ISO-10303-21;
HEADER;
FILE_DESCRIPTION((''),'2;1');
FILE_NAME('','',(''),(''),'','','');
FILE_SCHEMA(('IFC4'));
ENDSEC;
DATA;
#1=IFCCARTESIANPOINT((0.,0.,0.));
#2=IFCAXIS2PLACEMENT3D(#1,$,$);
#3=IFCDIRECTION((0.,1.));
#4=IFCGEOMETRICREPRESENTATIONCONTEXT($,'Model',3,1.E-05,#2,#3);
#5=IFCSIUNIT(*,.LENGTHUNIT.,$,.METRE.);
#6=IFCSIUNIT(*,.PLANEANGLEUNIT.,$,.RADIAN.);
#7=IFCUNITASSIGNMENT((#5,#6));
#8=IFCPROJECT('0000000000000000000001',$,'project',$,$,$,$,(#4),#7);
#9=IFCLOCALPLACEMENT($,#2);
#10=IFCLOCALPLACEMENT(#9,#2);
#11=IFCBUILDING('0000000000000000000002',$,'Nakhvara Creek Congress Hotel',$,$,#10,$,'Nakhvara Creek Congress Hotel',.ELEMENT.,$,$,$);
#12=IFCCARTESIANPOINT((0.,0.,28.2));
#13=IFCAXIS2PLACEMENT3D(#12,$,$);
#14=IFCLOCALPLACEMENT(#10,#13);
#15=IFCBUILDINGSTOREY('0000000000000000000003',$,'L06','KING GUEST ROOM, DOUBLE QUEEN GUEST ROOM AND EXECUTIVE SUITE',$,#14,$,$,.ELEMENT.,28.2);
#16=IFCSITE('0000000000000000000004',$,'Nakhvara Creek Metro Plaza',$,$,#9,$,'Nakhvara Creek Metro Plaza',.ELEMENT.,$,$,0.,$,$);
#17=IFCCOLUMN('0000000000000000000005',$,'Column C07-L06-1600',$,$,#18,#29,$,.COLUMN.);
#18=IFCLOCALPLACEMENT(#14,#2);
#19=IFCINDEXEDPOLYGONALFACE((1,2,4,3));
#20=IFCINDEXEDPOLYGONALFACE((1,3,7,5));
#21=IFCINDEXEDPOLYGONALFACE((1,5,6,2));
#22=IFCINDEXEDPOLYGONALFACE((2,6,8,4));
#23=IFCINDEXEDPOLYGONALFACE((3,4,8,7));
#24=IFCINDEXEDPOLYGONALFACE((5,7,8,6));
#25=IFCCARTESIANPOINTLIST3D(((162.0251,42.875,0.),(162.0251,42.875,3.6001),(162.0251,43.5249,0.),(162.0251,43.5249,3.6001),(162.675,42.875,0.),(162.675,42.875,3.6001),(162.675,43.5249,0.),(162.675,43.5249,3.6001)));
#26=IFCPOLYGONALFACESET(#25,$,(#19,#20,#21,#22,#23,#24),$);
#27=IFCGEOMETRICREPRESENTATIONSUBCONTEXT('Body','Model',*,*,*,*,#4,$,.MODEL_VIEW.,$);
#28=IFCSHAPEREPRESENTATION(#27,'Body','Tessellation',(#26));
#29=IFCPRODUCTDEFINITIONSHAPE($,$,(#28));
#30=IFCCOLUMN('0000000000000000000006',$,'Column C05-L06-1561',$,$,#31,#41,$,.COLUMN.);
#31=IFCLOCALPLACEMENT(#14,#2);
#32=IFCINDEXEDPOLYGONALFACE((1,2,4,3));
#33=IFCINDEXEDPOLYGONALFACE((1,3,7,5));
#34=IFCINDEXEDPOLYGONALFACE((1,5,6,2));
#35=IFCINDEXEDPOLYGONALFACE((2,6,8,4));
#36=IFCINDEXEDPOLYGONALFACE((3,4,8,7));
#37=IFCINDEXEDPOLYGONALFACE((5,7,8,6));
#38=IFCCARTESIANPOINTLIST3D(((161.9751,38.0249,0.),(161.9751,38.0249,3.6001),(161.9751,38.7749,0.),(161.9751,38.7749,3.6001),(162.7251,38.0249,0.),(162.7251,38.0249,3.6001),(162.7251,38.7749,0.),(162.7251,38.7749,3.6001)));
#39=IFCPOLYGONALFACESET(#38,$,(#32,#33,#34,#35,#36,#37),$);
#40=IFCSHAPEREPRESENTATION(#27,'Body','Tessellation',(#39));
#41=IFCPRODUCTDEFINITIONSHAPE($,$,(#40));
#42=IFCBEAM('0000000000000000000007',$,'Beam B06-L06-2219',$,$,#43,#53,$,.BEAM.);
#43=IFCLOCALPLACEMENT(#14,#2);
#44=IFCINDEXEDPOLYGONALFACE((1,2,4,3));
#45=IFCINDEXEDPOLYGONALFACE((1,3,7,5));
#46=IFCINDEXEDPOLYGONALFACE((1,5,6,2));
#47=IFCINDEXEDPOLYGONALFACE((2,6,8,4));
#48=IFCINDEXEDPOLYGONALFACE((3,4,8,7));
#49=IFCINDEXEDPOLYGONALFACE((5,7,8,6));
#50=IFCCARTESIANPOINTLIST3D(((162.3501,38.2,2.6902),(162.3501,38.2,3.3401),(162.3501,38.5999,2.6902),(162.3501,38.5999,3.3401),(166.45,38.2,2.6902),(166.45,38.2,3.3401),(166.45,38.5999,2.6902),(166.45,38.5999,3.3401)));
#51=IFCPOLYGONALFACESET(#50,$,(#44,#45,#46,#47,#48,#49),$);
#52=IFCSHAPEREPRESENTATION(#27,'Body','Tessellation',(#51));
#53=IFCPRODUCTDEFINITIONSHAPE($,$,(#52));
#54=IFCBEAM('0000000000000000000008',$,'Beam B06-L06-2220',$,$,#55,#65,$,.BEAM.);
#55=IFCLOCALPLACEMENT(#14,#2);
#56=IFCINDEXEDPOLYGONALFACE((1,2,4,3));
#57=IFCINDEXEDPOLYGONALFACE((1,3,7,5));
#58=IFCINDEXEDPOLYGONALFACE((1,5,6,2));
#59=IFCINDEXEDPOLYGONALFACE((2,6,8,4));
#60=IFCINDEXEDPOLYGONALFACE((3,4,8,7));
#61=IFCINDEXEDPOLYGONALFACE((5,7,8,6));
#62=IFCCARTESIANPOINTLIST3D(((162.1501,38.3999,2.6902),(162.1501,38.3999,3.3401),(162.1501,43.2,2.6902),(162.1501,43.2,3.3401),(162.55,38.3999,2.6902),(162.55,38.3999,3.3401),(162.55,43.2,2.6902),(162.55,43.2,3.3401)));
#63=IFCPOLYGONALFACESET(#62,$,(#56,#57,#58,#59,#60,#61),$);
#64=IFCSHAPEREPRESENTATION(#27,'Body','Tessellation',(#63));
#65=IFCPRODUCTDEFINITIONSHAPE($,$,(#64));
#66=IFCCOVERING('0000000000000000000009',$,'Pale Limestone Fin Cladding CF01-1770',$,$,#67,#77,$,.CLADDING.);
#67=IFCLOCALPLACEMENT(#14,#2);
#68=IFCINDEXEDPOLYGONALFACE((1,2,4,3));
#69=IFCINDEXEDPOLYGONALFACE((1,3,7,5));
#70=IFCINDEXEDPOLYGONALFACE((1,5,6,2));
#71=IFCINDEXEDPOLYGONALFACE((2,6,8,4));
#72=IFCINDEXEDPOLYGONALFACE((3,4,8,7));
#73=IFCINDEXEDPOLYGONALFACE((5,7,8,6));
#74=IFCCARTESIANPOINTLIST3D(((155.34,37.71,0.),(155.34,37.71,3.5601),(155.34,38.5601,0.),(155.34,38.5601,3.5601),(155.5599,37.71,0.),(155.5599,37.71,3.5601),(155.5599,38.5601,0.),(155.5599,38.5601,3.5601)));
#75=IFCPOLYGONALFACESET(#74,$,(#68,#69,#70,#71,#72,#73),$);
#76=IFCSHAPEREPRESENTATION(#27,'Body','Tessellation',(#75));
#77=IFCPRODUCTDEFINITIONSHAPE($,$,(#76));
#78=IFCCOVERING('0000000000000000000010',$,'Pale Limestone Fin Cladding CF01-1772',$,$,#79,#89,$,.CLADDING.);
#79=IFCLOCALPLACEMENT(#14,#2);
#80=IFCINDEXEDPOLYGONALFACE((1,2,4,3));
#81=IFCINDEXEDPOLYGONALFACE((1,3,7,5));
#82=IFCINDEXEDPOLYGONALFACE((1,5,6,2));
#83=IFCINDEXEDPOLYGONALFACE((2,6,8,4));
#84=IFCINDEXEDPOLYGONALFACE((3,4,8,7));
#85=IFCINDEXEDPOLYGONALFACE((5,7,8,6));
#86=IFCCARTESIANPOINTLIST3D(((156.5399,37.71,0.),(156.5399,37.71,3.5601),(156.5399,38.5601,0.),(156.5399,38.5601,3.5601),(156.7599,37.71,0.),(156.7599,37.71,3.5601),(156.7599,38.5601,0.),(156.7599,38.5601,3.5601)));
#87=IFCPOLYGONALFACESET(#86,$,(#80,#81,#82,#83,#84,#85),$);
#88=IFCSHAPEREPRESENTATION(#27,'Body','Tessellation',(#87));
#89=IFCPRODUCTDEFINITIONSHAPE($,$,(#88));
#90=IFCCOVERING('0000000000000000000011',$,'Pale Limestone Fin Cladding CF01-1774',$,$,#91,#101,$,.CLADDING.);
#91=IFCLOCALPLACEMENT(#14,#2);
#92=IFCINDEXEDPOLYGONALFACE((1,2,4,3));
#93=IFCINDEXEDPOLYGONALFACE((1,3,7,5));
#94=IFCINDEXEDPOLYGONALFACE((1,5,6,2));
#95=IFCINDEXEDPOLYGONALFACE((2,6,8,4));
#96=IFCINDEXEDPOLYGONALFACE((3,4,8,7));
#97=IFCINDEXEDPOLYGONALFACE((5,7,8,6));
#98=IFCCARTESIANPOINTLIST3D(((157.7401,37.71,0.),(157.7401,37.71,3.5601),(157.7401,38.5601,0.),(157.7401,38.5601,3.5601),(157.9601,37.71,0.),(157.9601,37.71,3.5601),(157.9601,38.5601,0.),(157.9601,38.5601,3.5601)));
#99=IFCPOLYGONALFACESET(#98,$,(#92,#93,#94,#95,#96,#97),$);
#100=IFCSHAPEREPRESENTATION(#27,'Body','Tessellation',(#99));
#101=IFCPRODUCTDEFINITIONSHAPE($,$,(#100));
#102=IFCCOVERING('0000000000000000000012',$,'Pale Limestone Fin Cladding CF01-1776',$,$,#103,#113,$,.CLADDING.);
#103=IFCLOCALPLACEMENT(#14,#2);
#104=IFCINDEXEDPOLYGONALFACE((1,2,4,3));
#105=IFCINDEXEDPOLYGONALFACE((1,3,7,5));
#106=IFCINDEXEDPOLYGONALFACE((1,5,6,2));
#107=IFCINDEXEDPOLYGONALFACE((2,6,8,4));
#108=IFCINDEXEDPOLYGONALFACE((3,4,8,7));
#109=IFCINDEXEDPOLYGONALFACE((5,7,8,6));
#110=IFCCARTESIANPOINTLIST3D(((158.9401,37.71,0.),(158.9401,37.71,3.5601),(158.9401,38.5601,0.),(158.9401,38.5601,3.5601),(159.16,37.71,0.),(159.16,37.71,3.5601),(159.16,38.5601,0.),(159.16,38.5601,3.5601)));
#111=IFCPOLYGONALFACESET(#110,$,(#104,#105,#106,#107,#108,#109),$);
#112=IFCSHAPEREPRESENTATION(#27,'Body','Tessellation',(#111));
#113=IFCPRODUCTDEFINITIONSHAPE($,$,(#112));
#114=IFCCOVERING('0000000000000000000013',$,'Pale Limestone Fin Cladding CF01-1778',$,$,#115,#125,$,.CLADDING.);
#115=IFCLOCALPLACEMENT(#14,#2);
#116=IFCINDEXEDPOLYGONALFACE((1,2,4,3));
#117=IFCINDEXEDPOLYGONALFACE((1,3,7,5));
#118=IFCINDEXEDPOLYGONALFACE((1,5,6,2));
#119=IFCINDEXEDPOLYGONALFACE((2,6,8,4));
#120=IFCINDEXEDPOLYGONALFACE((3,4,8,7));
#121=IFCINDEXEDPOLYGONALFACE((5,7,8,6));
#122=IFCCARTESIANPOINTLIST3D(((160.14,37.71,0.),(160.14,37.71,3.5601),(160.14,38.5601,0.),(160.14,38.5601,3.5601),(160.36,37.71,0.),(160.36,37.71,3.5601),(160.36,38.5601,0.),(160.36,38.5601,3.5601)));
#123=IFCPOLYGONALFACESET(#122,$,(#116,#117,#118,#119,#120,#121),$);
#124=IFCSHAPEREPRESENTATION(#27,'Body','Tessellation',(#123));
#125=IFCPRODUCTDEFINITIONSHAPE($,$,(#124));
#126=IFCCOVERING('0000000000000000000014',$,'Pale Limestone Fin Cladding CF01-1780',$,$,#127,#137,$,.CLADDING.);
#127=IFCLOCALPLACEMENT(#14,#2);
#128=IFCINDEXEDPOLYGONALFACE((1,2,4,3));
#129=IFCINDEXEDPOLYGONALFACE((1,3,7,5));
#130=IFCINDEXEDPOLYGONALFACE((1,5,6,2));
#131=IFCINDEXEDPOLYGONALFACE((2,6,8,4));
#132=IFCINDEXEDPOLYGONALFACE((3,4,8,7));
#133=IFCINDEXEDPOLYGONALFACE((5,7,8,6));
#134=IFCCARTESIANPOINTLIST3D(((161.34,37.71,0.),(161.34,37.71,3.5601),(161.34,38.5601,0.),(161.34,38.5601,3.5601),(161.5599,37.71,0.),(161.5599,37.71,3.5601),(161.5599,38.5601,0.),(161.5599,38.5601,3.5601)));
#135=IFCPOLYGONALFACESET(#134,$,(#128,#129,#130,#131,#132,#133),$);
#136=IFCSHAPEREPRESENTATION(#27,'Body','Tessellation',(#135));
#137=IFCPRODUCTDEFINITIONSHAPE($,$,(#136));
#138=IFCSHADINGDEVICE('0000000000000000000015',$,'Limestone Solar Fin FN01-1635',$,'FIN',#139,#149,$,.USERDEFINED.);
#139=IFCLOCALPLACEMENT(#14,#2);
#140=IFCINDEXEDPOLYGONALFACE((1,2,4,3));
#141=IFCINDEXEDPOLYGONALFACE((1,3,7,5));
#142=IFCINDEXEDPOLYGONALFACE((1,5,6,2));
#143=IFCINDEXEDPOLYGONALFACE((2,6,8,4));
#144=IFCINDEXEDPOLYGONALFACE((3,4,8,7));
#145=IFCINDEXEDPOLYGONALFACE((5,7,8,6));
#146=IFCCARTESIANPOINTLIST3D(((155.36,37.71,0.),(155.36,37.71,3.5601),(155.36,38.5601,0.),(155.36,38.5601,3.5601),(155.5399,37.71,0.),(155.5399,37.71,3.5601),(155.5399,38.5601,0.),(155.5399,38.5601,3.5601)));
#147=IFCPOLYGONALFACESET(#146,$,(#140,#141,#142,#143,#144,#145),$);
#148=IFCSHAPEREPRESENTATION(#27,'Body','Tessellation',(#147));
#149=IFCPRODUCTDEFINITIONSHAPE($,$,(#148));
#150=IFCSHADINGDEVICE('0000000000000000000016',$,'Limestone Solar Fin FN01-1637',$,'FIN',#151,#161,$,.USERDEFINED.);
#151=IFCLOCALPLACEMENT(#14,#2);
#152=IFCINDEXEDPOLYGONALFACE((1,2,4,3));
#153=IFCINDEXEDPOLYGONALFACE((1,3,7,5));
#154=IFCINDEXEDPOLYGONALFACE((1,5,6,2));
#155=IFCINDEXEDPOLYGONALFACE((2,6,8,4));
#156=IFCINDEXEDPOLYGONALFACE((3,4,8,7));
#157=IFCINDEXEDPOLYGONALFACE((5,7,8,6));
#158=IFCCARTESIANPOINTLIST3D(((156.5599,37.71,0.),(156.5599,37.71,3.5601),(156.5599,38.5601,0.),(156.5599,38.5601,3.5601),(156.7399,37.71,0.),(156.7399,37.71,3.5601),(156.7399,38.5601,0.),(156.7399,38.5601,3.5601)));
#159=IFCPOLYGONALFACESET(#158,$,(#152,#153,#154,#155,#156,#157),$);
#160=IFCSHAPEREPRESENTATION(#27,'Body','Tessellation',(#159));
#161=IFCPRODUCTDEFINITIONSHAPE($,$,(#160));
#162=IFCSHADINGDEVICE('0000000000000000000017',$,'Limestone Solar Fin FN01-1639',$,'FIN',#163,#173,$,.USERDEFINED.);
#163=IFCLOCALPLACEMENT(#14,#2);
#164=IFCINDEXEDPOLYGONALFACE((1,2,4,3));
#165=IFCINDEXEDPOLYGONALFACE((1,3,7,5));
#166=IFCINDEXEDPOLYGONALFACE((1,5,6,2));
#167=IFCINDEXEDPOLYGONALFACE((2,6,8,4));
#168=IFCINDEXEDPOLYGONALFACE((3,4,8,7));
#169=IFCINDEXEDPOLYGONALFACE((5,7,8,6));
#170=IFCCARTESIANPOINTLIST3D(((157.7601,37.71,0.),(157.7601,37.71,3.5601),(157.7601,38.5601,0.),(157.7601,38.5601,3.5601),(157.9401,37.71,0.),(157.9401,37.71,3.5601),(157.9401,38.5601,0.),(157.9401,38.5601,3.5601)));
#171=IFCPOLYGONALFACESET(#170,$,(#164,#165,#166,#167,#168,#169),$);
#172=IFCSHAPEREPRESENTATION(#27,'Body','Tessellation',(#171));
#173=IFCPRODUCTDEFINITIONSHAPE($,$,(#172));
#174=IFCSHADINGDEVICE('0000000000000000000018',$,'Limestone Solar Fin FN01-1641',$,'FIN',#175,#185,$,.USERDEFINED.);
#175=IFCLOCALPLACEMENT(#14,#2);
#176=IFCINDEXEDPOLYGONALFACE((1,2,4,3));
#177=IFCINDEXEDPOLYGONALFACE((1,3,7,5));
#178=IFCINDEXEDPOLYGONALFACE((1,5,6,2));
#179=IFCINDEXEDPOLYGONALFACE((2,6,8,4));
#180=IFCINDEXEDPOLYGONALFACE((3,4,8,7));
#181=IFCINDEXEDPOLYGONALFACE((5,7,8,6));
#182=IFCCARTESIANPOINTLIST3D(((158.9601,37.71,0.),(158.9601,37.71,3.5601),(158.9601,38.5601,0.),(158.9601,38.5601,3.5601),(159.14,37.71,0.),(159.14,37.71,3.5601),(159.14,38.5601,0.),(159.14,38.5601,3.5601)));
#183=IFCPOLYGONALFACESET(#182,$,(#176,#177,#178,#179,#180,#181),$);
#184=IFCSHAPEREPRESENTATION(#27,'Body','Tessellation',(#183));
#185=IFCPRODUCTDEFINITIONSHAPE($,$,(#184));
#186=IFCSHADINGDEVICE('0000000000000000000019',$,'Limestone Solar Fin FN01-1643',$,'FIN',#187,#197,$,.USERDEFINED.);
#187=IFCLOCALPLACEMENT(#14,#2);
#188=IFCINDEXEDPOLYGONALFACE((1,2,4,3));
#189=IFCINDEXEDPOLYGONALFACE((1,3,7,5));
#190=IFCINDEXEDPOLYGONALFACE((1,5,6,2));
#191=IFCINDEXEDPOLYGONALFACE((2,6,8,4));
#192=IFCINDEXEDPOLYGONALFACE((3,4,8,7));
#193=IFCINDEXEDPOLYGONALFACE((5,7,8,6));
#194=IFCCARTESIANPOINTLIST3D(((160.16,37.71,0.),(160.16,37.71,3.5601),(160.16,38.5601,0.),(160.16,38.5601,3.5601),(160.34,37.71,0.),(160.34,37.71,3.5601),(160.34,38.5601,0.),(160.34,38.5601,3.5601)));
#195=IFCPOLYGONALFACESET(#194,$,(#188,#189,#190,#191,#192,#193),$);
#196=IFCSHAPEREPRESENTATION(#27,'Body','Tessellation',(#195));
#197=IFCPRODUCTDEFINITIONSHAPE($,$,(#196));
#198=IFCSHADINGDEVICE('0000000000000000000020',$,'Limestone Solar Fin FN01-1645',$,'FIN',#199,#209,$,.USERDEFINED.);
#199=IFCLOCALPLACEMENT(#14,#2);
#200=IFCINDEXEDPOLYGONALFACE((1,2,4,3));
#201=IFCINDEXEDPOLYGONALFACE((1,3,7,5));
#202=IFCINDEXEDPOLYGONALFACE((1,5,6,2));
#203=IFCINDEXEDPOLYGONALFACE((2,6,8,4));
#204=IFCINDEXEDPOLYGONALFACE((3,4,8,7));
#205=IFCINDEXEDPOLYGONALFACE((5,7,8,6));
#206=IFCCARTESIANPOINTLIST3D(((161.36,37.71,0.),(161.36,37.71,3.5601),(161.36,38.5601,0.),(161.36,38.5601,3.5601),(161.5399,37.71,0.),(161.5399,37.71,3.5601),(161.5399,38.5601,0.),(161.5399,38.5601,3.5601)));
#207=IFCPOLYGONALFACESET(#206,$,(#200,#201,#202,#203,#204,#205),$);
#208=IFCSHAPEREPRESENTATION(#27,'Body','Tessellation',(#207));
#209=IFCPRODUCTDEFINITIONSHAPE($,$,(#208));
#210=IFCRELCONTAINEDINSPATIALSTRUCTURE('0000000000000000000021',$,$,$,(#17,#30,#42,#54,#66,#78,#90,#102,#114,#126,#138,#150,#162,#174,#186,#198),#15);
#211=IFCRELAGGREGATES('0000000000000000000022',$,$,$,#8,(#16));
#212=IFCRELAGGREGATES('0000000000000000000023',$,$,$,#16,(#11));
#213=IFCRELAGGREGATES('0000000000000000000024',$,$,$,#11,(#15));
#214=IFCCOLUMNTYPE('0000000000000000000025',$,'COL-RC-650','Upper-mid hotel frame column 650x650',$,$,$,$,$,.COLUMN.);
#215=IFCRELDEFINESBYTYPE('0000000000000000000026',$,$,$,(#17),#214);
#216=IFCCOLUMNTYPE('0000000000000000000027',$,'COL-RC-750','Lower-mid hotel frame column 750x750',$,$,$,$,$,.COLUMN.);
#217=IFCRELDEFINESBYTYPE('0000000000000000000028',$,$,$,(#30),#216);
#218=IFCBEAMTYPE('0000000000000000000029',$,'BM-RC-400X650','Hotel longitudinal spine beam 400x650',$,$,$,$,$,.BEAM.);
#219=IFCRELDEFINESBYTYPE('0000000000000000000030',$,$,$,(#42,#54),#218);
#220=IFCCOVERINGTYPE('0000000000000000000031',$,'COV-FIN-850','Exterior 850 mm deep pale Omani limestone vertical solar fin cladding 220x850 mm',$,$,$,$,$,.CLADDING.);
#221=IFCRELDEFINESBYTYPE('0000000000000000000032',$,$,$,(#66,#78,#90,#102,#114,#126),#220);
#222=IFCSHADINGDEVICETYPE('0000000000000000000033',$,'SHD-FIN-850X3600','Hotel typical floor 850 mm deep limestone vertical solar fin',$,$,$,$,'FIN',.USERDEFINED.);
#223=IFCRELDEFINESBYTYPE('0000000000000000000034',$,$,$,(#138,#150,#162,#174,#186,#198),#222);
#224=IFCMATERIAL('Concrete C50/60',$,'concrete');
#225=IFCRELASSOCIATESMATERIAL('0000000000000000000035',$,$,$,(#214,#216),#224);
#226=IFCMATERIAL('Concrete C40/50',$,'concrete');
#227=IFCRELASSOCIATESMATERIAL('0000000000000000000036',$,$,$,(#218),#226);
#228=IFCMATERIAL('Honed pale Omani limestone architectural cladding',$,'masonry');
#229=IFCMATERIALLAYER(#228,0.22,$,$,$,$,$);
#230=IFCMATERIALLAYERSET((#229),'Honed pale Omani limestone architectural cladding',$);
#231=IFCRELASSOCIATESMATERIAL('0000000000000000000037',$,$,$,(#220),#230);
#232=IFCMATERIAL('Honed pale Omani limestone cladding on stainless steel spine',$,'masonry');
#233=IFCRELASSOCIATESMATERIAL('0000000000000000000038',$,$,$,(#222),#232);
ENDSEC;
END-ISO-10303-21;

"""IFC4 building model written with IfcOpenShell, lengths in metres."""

from ifc_helpers import new_model, si_unit, direction, frame, origin, origin_2d, place, context, subcontext, project, spatial, rectangle, extrude, material, layer, layer_set, material_profile, profile_set, type_object, element, save


model = new_model("IFC4")

# Units and contexts
model_context = context("Model", 3, precision=1e-05, world=origin(), true_north=direction((0.0, 1.0)))
body_context = subcontext(model_context, "Body", "Model", "MODEL_VIEW")
ifc_project = project(units=[si_unit("LENGTHUNIT", "METRE"), si_unit("PLANEANGLEUNIT", "RADIAN")], contexts=[model_context])

# Site, building, storey
site_placement = place(None, origin())
site = spatial("IfcSite", under=ifc_project, at=site_placement, Name="Nakhvara Creek Metro Plaza", LongName="Nakhvara Creek Metro Plaza", CompositionType="ELEMENT", RefElevation=0.0)
building_placement = place(site_placement, origin())
building = spatial("IfcBuilding", under=site, at=building_placement, Name="Nakhvara Creek Congress Hotel", LongName="Nakhvara Creek Congress Hotel", CompositionType="ELEMENT")
storey_placement = place(building_placement, frame((0.0, 0.0, 28.2)))
storey = spatial("IfcBuildingStorey", under=building, at=storey_placement, Name="L06", Description="KING GUEST ROOM, DOUBLE QUEEN GUEST ROOM AND EXECUTIVE SUITE", CompositionType="ELEMENT", Elevation=28.2)

# Columns
ifc_material_1 = material(Name="Concrete C50/60", Category="concrete")
ifc_material_profile_1 = material_profile(ifc_material_1, rectangle(XDim=0.6499, YDim=0.6499, at=origin_2d()), Name="RC-COL 650x650", Category="LoadBearing")
ifc_profile_set_1 = profile_set([ifc_material_profile_1], Name="Concrete C50/60")
column_type_1 = type_object("IfcColumnType", Name="COL-RC-650", Description="Upper-mid hotel frame column 650x650", PredefinedType="COLUMN", material=ifc_profile_set_1)
column_1_placement = place(storey_placement, frame((162.3501, 43.2, 0.0), z_axis=(0.0, 0.0, 1.0), x_axis=(1.0, 0.0, 0.0)))
element("IfcColumn", 1, at=column_1_placement, inside=storey, type_object=column_type_1, Name="Column C07-L06-1600", PredefinedType="COLUMN", context=body_context, shape_type="SweptSolid", body=[
    extrude(rectangle(XDim=0.6499, YDim=0.6499, at=origin_2d()), origin(), (0.0, 0.0, 1.0), 3.6001),
])
ifc_material_profile_2 = material_profile(ifc_material_1, rectangle(XDim=0.75, YDim=0.75, at=origin_2d()), Name="RC-COL 750x750", Category="LoadBearing")
ifc_profile_set_2 = profile_set([ifc_material_profile_2], Name="Concrete C50/60")
column_type_2 = type_object("IfcColumnType", Name="COL-RC-750", Description="Lower-mid hotel frame column 750x750", PredefinedType="COLUMN", material=ifc_profile_set_2)
column_2_placement = place(storey_placement, frame((162.3501, 38.3999, 0.0), z_axis=(0.0, 0.0, 1.0), x_axis=(1.0, 0.0, 0.0)))
element("IfcColumn", 2, at=column_2_placement, inside=storey, type_object=column_type_2, Name="Column C05-L06-1561", PredefinedType="COLUMN", context=body_context, shape_type="SweptSolid", body=[
    extrude(rectangle(XDim=0.75, YDim=0.75, at=origin_2d()), origin(), (0.0, 0.0, 1.0), 3.6001),
])

# Beams
ifc_material_2 = material(Name="Concrete C40/50", Category="concrete")
ifc_material_profile_3 = material_profile(ifc_material_2, rectangle(XDim=0.3999, YDim=0.6499, at=origin_2d()), Name="RC-BM 400x650", Category="LoadBearing")
ifc_profile_set_3 = profile_set([ifc_material_profile_3], Name="Concrete C40/50")
beam_type = type_object("IfcBeamType", Name="BM-RC-400X650", Description="Hotel longitudinal spine beam 400x650", PredefinedType="BEAM", material=ifc_profile_set_3)
beam_1_placement = place(storey_placement, frame((162.3501, 38.3999, 3.0151), z_axis=(1.0, 0.0, 0.0), x_axis=(0.0, 1.0, 0.0)))
element("IfcBeam", 3, at=beam_1_placement, inside=storey, type_object=beam_type, Name="Beam B06-L06-2219", PredefinedType="BEAM", context=body_context, shape_type="SweptSolid", body=[
    extrude(rectangle(XDim=0.3999, YDim=0.6499, at=origin_2d()), origin(), (0.0, 0.0, 1.0), 4.0999),
])
beam_2_placement = place(storey_placement, frame((162.3501, 38.3999, 3.0151), z_axis=(0.0, 1.0, 0.0), x_axis=(-1.0, 0.0, 0.0)))
element("IfcBeam", 4, at=beam_2_placement, inside=storey, type_object=beam_type, Name="Beam B06-L06-2220", PredefinedType="BEAM", context=body_context, shape_type="SweptSolid", body=[
    extrude(rectangle(XDim=0.3999, YDim=0.6499, at=origin_2d()), origin(), (0.0, 0.0, 1.0), 4.8),
])

# Coverings
ifc_material_3 = material(Name="Honed pale Omani limestone architectural cladding", Category="masonry")
ifc_layer = layer(ifc_material_3, 0.22)
ifc_layer_set = layer_set([ifc_layer], Name="Honed pale Omani limestone architectural cladding")
covering_type = type_object("IfcCoveringType", Name="COV-FIN-850", Description="Exterior 850 mm deep pale Omani limestone vertical solar fin cladding 220x850 mm", PredefinedType="CLADDING", material=ifc_layer_set)
for number, where, z_axis, x_axis, name in (
    (5, (155.45, 38.135, 0.0), (0.0, 0.0, 1.0), (1.0, 0.0, 0.0), "Pale Limestone Fin Cladding CF01-1770"),
    (6, (156.6499, 38.135, 0.0), (0.0, 0.0, 1.0), (1.0, 0.0, 0.0), "Pale Limestone Fin Cladding CF01-1772"),
    (7, (157.8501, 38.135, 0.0), (0.0, 0.0, 1.0), (1.0, 0.0, 0.0), "Pale Limestone Fin Cladding CF01-1774"),
    (8, (159.05, 38.135, 0.0), (0.0, 0.0, 1.0), (1.0, 0.0, 0.0), "Pale Limestone Fin Cladding CF01-1776"),
    (9, (160.25, 38.135, 0.0), (0.0, 0.0, 1.0), (1.0, 0.0, 0.0), "Pale Limestone Fin Cladding CF01-1778"),
    (10, (161.45, 38.135, 0.0), (0.0, 0.0, 1.0), (1.0, 0.0, 0.0), "Pale Limestone Fin Cladding CF01-1780"),
):
    element("IfcCovering", number, at=place(storey_placement, frame(where, z_axis=z_axis, x_axis=x_axis)), inside=storey, type_object=covering_type, Name=name, PredefinedType="CLADDING", context=body_context, shape_type="SweptSolid", body=[
        extrude(rectangle(XDim=0.22, YDim=0.8501, at=origin_2d()), origin(), (0.0, 0.0, 1.0), 3.5601),
    ])

# Shading devices
ifc_material_4 = material(Name="Honed pale Omani limestone cladding on stainless steel spine", Category="masonry")
shading_device_type = type_object("IfcShadingDeviceType", Name="SHD-FIN-850X3600", Description="Hotel typical floor 850 mm deep limestone vertical solar fin", ElementType="FIN", PredefinedType="USERDEFINED", material=ifc_material_4)
for number, where, z_axis, x_axis, name in (
    (11, (155.45, 38.135, 0.0), (0.0, 0.0, 1.0), (1.0, 0.0, 0.0), "Limestone Solar Fin FN01-1635"),
    (12, (156.6499, 38.135, 0.0), (0.0, 0.0, 1.0), (1.0, 0.0, 0.0), "Limestone Solar Fin FN01-1637"),
    (13, (157.8501, 38.135, 0.0), (0.0, 0.0, 1.0), (1.0, 0.0, 0.0), "Limestone Solar Fin FN01-1639"),
    (14, (159.05, 38.135, 0.0), (0.0, 0.0, 1.0), (1.0, 0.0, 0.0), "Limestone Solar Fin FN01-1641"),
    (15, (160.25, 38.135, 0.0), (0.0, 0.0, 1.0), (1.0, 0.0, 0.0), "Limestone Solar Fin FN01-1643"),
    (16, (161.45, 38.135, 0.0), (0.0, 0.0, 1.0), (1.0, 0.0, 0.0), "Limestone Solar Fin FN01-1645"),
):
    element("IfcShadingDevice", number, at=place(storey_placement, frame(where, z_axis=z_axis, x_axis=x_axis)), inside=storey, type_object=shading_device_type, Name=name, ObjectType="FIN", PredefinedType="USERDEFINED", context=body_context, shape_type="SweptSolid", body=[
        extrude(rectangle(XDim=0.1799, YDim=0.8501, at=origin_2d()), origin(), (0.0, 0.0, 1.0), 3.5601),
    ])

save(model, "model.ifc")
